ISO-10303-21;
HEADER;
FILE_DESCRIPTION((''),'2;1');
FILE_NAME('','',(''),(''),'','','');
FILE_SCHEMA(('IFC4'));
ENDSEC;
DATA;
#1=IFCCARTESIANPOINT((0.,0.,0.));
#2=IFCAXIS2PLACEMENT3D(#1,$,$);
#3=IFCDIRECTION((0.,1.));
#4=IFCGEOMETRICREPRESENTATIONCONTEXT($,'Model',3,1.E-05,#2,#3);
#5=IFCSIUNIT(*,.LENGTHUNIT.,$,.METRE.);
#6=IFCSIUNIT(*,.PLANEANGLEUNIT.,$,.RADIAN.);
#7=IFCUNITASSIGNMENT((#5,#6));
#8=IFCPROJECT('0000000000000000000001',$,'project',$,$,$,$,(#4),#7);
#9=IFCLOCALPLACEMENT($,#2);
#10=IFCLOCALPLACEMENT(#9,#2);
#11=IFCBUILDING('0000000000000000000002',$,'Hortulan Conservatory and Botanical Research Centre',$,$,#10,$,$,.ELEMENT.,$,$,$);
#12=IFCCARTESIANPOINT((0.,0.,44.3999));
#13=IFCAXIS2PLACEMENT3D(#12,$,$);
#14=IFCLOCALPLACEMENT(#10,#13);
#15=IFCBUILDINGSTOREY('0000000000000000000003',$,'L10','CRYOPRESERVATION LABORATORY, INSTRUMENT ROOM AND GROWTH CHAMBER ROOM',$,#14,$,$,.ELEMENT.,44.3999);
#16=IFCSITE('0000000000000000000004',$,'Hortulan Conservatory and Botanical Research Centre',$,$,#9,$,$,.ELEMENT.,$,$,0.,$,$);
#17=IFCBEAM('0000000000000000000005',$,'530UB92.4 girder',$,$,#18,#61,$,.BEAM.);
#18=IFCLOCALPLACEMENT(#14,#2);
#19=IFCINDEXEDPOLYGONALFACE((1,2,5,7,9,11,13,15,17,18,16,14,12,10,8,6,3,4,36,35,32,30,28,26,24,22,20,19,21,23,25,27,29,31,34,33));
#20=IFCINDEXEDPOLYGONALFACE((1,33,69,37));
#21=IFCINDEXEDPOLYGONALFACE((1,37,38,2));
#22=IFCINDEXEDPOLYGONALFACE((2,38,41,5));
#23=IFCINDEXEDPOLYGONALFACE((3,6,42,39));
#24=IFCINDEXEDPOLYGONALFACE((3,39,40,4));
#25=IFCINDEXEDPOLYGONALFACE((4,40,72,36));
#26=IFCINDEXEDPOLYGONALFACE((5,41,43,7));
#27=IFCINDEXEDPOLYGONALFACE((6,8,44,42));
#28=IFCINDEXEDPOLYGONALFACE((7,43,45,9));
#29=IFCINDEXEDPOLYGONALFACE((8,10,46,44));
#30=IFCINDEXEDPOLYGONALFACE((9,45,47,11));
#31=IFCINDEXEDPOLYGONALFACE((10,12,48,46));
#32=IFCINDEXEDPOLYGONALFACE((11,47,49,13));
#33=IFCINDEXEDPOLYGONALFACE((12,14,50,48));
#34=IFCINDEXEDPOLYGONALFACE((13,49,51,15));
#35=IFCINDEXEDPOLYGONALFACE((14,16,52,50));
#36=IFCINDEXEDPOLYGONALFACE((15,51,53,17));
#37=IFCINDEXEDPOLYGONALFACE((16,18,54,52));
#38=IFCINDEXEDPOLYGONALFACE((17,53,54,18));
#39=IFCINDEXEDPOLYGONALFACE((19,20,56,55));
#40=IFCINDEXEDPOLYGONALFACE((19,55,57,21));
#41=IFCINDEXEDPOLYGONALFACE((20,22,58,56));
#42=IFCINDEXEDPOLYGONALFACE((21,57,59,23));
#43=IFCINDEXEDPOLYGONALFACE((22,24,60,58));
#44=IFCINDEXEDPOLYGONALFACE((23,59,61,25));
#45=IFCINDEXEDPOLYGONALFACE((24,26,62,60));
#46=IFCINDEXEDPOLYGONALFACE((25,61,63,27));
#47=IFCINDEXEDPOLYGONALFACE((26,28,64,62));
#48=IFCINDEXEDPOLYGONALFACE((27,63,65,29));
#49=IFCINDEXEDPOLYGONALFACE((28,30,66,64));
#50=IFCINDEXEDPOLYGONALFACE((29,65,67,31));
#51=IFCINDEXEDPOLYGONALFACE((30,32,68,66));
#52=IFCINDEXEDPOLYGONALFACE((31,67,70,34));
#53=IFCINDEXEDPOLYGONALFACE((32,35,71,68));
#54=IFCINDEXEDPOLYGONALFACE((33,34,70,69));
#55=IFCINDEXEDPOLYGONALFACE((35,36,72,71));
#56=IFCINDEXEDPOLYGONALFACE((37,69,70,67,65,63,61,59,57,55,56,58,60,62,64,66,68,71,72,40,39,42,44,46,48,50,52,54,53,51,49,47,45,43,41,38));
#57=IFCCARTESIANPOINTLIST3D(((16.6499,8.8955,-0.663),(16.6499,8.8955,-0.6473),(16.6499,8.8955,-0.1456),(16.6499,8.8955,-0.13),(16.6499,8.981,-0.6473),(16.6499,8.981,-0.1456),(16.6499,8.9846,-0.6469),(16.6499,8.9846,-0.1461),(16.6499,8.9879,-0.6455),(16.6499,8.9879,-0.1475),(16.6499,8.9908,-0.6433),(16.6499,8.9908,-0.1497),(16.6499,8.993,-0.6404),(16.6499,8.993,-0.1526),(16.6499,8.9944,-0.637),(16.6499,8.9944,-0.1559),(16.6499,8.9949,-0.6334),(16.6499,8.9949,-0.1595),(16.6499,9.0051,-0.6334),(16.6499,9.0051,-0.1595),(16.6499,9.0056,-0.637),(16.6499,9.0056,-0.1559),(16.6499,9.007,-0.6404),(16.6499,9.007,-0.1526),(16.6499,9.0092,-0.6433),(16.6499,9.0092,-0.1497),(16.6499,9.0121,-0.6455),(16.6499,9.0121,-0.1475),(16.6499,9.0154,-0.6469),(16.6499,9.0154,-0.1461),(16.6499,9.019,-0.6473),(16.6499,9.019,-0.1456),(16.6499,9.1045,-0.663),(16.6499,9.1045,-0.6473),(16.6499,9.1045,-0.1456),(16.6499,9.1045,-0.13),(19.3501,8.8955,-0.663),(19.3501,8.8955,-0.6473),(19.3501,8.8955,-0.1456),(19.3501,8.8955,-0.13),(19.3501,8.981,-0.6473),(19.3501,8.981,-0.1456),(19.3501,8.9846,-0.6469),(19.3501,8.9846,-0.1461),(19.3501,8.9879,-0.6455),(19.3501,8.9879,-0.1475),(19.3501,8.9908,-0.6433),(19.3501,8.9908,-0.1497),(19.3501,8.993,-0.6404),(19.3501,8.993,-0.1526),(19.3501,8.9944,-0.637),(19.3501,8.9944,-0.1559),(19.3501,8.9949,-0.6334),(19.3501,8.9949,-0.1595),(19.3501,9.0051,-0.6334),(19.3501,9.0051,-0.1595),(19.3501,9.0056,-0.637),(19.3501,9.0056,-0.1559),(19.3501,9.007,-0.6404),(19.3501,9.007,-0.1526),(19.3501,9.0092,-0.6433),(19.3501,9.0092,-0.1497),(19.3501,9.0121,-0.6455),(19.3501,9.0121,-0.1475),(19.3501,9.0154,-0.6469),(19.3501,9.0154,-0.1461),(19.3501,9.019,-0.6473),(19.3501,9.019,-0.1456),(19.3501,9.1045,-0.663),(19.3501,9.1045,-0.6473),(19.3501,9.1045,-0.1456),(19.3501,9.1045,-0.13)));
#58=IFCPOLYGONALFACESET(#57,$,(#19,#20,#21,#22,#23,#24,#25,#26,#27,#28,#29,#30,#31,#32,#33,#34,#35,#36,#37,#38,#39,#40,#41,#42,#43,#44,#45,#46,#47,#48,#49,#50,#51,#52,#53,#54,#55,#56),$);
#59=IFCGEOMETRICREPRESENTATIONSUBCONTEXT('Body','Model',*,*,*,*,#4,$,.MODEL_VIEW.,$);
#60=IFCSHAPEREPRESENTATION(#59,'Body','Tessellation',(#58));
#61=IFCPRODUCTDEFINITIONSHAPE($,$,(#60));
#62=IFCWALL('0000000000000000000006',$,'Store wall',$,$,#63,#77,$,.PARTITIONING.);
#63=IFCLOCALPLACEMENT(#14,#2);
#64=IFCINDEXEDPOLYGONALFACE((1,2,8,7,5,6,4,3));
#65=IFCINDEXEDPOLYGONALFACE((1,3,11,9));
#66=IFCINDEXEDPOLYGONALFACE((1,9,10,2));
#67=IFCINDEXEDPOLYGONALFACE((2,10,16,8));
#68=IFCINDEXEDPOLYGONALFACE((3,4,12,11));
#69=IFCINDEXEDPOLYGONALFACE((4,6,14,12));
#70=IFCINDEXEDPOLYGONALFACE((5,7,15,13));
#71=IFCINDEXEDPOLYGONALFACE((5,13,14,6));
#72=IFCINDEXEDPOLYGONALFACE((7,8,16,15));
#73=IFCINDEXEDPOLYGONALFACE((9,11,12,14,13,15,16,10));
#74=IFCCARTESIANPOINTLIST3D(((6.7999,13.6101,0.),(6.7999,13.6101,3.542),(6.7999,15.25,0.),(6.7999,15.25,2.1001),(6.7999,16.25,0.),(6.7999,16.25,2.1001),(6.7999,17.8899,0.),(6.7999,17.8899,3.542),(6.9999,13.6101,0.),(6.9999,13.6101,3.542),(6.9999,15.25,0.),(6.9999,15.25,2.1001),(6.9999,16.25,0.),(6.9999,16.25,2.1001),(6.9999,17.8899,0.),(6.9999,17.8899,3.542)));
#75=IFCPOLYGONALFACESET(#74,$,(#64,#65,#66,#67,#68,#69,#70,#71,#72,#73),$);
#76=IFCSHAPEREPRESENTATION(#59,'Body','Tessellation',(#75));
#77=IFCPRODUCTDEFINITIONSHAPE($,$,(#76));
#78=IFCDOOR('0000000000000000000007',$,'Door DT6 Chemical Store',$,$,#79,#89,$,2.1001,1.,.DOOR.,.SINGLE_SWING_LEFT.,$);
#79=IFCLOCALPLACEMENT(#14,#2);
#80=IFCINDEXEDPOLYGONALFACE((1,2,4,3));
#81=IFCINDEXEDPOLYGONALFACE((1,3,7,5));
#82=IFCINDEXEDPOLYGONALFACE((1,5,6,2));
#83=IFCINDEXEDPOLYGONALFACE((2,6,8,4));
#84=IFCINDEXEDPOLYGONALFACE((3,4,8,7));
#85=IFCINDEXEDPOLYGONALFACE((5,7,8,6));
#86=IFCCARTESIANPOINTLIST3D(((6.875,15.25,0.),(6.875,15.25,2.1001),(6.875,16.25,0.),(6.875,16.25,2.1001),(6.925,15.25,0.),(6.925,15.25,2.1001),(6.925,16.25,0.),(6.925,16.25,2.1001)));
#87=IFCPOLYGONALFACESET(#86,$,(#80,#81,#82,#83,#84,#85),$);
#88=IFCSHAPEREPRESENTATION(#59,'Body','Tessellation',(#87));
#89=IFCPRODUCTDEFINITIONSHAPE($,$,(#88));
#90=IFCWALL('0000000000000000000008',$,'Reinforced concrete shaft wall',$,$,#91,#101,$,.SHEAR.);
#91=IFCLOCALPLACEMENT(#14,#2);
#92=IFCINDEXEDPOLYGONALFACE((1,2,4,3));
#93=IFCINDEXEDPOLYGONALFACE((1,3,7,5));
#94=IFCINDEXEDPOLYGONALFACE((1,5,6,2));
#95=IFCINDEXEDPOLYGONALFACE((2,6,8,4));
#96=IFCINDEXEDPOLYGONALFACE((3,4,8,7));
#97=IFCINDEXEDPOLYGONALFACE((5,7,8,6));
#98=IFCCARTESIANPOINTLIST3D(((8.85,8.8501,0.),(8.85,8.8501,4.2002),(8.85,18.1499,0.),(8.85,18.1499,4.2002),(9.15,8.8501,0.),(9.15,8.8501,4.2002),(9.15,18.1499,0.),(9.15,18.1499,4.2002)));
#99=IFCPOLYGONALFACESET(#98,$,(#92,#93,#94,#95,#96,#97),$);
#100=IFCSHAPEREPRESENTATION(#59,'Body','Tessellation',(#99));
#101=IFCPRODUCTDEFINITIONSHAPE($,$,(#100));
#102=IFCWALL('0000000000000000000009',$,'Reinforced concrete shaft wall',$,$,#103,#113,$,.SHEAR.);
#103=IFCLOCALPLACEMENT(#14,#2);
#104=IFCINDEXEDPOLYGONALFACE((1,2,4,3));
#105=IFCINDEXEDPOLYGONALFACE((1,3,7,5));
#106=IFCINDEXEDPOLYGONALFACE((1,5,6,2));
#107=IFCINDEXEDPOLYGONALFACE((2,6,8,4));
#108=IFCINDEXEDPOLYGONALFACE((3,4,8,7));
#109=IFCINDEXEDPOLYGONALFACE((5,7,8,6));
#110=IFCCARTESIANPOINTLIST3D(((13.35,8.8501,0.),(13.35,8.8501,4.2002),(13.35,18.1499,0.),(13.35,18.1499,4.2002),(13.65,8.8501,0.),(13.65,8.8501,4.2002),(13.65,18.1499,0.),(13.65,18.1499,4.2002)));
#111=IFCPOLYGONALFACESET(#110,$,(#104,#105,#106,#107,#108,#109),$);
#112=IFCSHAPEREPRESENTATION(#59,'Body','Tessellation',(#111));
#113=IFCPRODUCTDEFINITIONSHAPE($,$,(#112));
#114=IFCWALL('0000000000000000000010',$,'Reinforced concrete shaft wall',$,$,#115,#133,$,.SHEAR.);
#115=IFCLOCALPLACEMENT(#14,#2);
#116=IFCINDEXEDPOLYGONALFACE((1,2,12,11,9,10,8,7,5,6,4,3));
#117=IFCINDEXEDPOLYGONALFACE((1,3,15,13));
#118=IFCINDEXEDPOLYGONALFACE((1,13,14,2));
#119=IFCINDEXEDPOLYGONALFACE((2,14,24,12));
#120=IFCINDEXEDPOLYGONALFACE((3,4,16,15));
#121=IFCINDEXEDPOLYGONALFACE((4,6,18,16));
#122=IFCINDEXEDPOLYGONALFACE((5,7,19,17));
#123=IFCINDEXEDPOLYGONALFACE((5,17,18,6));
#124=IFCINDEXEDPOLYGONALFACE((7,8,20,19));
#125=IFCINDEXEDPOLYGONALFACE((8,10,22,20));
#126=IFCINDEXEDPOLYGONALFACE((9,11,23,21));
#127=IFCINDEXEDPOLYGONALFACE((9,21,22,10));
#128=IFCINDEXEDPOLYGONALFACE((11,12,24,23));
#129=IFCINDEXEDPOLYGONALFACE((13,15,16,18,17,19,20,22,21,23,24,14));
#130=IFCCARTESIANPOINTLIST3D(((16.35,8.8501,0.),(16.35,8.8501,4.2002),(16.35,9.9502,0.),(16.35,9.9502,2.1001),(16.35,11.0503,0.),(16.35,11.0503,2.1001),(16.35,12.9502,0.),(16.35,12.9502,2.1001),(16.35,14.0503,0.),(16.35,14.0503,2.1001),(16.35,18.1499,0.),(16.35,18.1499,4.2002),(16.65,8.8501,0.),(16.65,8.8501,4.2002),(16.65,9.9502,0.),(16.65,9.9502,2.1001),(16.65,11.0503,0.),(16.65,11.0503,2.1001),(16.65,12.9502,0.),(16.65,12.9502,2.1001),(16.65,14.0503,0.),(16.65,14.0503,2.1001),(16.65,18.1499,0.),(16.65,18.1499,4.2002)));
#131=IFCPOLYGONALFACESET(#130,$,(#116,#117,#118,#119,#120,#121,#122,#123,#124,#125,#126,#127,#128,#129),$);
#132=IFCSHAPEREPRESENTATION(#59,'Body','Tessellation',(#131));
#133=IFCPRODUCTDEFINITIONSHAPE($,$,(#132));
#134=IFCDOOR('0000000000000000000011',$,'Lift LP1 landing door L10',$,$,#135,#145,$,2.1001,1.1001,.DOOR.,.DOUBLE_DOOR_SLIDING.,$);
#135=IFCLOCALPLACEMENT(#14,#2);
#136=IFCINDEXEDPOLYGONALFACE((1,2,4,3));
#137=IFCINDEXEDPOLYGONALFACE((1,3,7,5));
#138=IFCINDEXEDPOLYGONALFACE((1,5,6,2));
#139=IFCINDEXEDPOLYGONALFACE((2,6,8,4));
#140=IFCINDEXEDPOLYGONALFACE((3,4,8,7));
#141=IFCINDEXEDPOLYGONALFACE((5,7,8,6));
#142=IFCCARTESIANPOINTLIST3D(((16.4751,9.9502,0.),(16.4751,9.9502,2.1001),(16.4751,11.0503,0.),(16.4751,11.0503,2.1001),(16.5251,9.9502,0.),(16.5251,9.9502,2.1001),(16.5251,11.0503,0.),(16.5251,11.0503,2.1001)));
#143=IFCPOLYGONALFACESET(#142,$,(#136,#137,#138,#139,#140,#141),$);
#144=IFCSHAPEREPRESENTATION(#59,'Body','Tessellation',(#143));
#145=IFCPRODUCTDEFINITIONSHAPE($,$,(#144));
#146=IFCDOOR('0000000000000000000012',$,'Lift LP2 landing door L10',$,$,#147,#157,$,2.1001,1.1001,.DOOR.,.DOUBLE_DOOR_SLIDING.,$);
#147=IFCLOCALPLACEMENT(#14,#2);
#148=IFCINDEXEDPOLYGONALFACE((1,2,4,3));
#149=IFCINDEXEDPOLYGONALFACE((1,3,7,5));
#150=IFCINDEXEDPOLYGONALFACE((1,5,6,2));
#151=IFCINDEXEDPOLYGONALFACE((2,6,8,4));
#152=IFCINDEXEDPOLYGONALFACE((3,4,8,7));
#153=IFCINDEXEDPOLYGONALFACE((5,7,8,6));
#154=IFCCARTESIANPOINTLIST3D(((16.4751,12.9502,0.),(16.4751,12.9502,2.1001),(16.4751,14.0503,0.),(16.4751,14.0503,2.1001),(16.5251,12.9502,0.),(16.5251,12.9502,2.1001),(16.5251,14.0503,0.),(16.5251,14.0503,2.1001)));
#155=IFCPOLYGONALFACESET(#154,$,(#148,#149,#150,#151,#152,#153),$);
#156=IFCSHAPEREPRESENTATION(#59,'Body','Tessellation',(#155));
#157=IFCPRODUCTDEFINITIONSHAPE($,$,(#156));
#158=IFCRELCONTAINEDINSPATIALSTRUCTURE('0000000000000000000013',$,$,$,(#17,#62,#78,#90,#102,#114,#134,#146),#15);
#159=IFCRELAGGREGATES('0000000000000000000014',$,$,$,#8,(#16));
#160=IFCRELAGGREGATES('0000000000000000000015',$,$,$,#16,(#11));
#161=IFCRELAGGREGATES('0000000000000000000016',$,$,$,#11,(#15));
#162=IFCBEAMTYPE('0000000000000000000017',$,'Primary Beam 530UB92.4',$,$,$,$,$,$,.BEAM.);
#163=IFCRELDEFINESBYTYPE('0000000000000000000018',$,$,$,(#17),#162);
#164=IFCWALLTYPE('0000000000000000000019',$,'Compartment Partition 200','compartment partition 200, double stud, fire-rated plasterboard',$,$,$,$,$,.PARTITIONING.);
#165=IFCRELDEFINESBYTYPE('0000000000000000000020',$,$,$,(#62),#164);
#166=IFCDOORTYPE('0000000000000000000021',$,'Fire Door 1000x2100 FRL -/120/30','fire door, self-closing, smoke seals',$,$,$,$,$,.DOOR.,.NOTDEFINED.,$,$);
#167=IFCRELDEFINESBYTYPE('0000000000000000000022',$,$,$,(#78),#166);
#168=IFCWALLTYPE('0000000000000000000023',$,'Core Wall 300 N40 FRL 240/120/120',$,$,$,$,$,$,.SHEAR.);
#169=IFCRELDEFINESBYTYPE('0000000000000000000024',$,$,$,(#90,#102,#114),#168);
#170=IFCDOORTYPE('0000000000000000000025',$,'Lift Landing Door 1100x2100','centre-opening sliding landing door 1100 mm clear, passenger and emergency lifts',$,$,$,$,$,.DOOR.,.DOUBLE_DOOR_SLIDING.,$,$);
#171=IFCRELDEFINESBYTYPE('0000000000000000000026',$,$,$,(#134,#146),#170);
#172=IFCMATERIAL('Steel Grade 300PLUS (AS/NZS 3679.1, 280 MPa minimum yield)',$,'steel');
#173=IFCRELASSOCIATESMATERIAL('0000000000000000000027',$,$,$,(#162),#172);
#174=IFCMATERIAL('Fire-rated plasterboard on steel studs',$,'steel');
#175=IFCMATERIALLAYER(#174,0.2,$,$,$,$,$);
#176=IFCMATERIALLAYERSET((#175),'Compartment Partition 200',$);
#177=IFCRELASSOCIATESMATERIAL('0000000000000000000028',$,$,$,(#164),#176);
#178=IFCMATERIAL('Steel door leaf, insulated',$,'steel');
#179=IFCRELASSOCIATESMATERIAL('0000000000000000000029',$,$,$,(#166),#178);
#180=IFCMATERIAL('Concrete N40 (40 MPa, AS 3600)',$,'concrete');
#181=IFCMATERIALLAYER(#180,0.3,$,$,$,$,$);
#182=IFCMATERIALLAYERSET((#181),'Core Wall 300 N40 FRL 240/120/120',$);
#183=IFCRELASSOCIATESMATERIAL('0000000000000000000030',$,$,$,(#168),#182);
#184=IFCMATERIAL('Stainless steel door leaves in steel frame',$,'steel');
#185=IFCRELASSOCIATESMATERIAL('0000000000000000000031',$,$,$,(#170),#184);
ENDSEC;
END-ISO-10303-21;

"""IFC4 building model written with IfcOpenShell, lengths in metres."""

from ifc_helpers import new_model, si_unit, direction, frame, frame_2d, origin, origin_2d, place, context, subcontext, project, spatial, rectangle, i_section, extrude, material, layer, layer_set, material_profile, profile_set, type_object, element, fill, save


model = new_model("IFC4")

# Units and contexts
model_context = context("Model", 3, precision=1e-05, world=origin(), true_north=direction((0.0, 1.0)))
body_context = subcontext(model_context, "Body", "Model", "MODEL_VIEW")
ifc_project = project(units=[si_unit("LENGTHUNIT", "METRE"), si_unit("PLANEANGLEUNIT", "RADIAN")], contexts=[model_context])

# Site, building, storey
site_placement = place(None, origin())
site = spatial("IfcSite", under=ifc_project, at=site_placement, Name="Hortulan Conservatory and Botanical Research Centre", CompositionType="ELEMENT", RefElevation=0.0)
building_placement = place(site_placement, origin())
building = spatial("IfcBuilding", under=site, at=building_placement, Name="Hortulan Conservatory and Botanical Research Centre", CompositionType="ELEMENT")
storey_placement = place(building_placement, frame((0.0, 0.0, 44.3999)))
storey = spatial("IfcBuildingStorey", under=building, at=storey_placement, Name="L10", Description="CRYOPRESERVATION LABORATORY, INSTRUMENT ROOM AND GROWTH CHAMBER ROOM", CompositionType="ELEMENT", Elevation=44.3999)

# Beam
ifc_material_1 = material(Name="Steel Grade 300PLUS (AS/NZS 3679.1, 280 MPa minimum yield)", Category="steel")
ifc_material_profile = material_profile(ifc_material_1, i_section(OverallWidth=0.209, OverallDepth=0.533, WebThickness=0.0103, FlangeThickness=0.0156, FilletRadius=0.0139, at=origin_2d()), Name="530UB92.4")
ifc_profile_set = profile_set([ifc_material_profile], Name="Steel Grade 300PLUS (AS/NZS 3679.1, 280 MPa minimum yield)")
beam_type = type_object("IfcBeamType", Name="Primary Beam 530UB92.4", PredefinedType="BEAM", material=ifc_profile_set)
beam_placement = place(storey_placement, frame((16.6499, 9.0, -0.3965), z_axis=(1.0, 0.0, 0.0), x_axis=(0.0, 1.0, 0.0)))
element("IfcBeam", 1, at=beam_placement, inside=storey, type_object=beam_type, Name="530UB92.4 girder", PredefinedType="BEAM", context=body_context, shape_type="SweptSolid", body=[
    extrude(i_section(OverallWidth=0.209, OverallDepth=0.533, WebThickness=0.0103, FlangeThickness=0.0156, FilletRadius=0.0139, at=origin_2d()), origin(), (0.0, 0.0, 1.0), 2.7002),
])

# Wall, opening, door
ifc_material_2 = material(Name="Fire-rated plasterboard on steel studs", Category="steel")
ifc_layer_1 = layer(ifc_material_2, 0.2)
ifc_layer_set_1 = layer_set([ifc_layer_1], Name="Compartment Partition 200")
wall_type_1 = type_object("IfcWallType", Name="Compartment Partition 200", Description="compartment partition 200, double stud, fire-rated plasterboard", PredefinedType="PARTITIONING", material=ifc_layer_set_1)
wall_1_placement = place(storey_placement, frame((6.8999, 13.6101, 0.0), z_axis=(0.0, 0.0, 1.0), x_axis=(0.0, 1.0, 0.0)))
wall_1 = element("IfcWall", 2, at=wall_1_placement, inside=storey, type_object=wall_type_1, Name="Store wall", PredefinedType="PARTITIONING", context=body_context, shape_type="SweptSolid", body=[
    extrude(rectangle(XDim=4.2798, YDim=0.2, at=frame_2d((2.1399, 0.0))), origin(), (0.0, 0.0, 1.0), 3.542),
])
opening_1_placement = place(wall_1_placement, frame((1.6399, 0.0, 0.0)))
opening_1 = element("IfcOpeningElement", 3, at=opening_1_placement, cuts=wall_1, PredefinedType="OPENING", context=body_context, shape_type="SweptSolid", body=[
    extrude(rectangle(XDim=1.0, YDim=2.1001, at=frame_2d((0.5, 1.05))), frame((0.0, 0.1099, 0.0), z_axis=(0.0, -1.0, 0.0), x_axis=(1.0, 0.0, 0.0)), (0.0, 0.0, 1.0), 0.22),
])
ifc_material_3 = material(Name="Steel door leaf, insulated", Category="steel")
door_type_1 = type_object("IfcDoorType", Name="Fire Door 1000x2100 FRL -/120/30", Description="fire door, self-closing, smoke seals", OperationType="NOTDEFINED", PredefinedType="DOOR", material=ifc_material_3)
door_1_placement = place(opening_1_placement, origin())
door_1 = element("IfcDoor", 4, at=door_1_placement, inside=storey, type_object=door_type_1, Name="Door DT6 Chemical Store", OperationType="SINGLE_SWING_LEFT", OverallHeight=2.1001, OverallWidth=1.0, PredefinedType="DOOR", context=body_context, shape_type="SweptSolid", body=[
    extrude(rectangle(XDim=1.0, YDim=2.1001, at=frame_2d((0.5, 1.05))), frame((0.0, 0.0249, 0.0), z_axis=(0.0, -1.0, 0.0), x_axis=(1.0, 0.0, 0.0)), (0.0, 0.0, 1.0), 0.05),
])
fill(opening_1, door_1)

# Walls
ifc_material_4 = material(Name="Concrete N40 (40 MPa, AS 3600)", Category="concrete")
ifc_layer_2 = layer(ifc_material_4, 0.3)
ifc_layer_set_2 = layer_set([ifc_layer_2], Name="Core Wall 300 N40 FRL 240/120/120")
wall_type_2 = type_object("IfcWallType", Name="Core Wall 300 N40 FRL 240/120/120", PredefinedType="SHEAR", material=ifc_layer_set_2)
for number, where, z_axis, x_axis, name in (
    (5, (9.0, 8.8501, 0.0), (0.0, 0.0, 1.0), (0.0, 1.0, 0.0), "Reinforced concrete shaft wall"),
    (6, (13.5, 8.8501, 0.0), (0.0, 0.0, 1.0), (0.0, 1.0, 0.0), "Reinforced concrete shaft wall"),
):
    element("IfcWall", number, at=place(storey_placement, frame(where, z_axis=z_axis, x_axis=x_axis)), inside=storey, type_object=wall_type_2, Name=name, PredefinedType="SHEAR", context=body_context, shape_type="SweptSolid", body=[
        extrude(rectangle(XDim=9.2998, YDim=0.3, at=frame_2d((4.6499, 0.0))), origin(), (0.0, 0.0, 1.0), 4.2002),
    ])

# Wall, openings, doors
wall_2_placement = place(storey_placement, frame((16.5, 8.8501, 0.0), z_axis=(0.0, 0.0, 1.0), x_axis=(0.0, 1.0, 0.0)))
wall_2 = element("IfcWall", 7, at=wall_2_placement, inside=storey, type_object=wall_type_2, Name="Reinforced concrete shaft wall", PredefinedType="SHEAR", context=body_context, shape_type="SweptSolid", body=[
    extrude(rectangle(XDim=9.2998, YDim=0.3, at=frame_2d((4.6499, 0.0))), origin(), (0.0, 0.0, 1.0), 4.2002),
])
opening_2_placement = place(wall_2_placement, frame((1.1001, 0.0, 0.0)))
opening_2 = element("IfcOpeningElement", 8, at=opening_2_placement, cuts=wall_2, PredefinedType="OPENING", context=body_context, shape_type="SweptSolid", body=[
    extrude(rectangle(XDim=1.1001, YDim=2.1001, at=frame_2d((0.55, 1.05))), frame((0.0, 0.1599, 0.0), z_axis=(0.0, -1.0, 0.0), x_axis=(1.0, 0.0, 0.0)), (0.0, 0.0, 1.0), 0.3201),
])
opening_3_placement = place(wall_2_placement, frame((4.1001, 0.0, 0.0)))
opening_3 = element("IfcOpeningElement", 9, at=opening_3_placement, cuts=wall_2, PredefinedType="OPENING", context=body_context, shape_type="SweptSolid", body=[
    extrude(rectangle(XDim=1.1001, YDim=2.1001, at=frame_2d((0.55, 1.05))), frame((0.0, 0.1599, 0.0), z_axis=(0.0, -1.0, 0.0), x_axis=(1.0, 0.0, 0.0)), (0.0, 0.0, 1.0), 0.3201),
])
ifc_material_5 = material(Name="Stainless steel door leaves in steel frame", Category="steel")
door_type_2 = type_object("IfcDoorType", Name="Lift Landing Door 1100x2100", Description="centre-opening sliding landing door 1100 mm clear, passenger and emergency lifts", OperationType="DOUBLE_DOOR_SLIDING", PredefinedType="DOOR", material=ifc_material_5)
door_2_placement = place(opening_2_placement, origin())
door_2 = element("IfcDoor", 10, at=door_2_placement, inside=storey, type_object=door_type_2, Name="Lift LP1 landing door L10", OperationType="DOUBLE_DOOR_SLIDING", OverallHeight=2.1001, OverallWidth=1.1001, PredefinedType="DOOR", context=body_context, shape_type="SweptSolid", body=[
    extrude(rectangle(XDim=1.1001, YDim=2.1001, at=frame_2d((0.55, 1.05))), frame((0.0, 0.0249, 0.0), z_axis=(0.0, -1.0, 0.0), x_axis=(1.0, 0.0, 0.0)), (0.0, 0.0, 1.0), 0.05),
])
fill(opening_2, door_2)
door_3_placement = place(opening_3_placement, origin())
door_3 = element("IfcDoor", 11, at=door_3_placement, inside=storey, type_object=door_type_2, Name="Lift LP2 landing door L10", OperationType="DOUBLE_DOOR_SLIDING", OverallHeight=2.1001, OverallWidth=1.1001, PredefinedType="DOOR", context=body_context, shape_type="SweptSolid", body=[
    extrude(rectangle(XDim=1.1001, YDim=2.1001, at=frame_2d((0.55, 1.05))), frame((0.0, 0.0249, 0.0), z_axis=(0.0, -1.0, 0.0), x_axis=(1.0, 0.0, 0.0)), (0.0, 0.0, 1.0), 0.05),
])
fill(opening_3, door_3)

save(model, "model.ifc")
